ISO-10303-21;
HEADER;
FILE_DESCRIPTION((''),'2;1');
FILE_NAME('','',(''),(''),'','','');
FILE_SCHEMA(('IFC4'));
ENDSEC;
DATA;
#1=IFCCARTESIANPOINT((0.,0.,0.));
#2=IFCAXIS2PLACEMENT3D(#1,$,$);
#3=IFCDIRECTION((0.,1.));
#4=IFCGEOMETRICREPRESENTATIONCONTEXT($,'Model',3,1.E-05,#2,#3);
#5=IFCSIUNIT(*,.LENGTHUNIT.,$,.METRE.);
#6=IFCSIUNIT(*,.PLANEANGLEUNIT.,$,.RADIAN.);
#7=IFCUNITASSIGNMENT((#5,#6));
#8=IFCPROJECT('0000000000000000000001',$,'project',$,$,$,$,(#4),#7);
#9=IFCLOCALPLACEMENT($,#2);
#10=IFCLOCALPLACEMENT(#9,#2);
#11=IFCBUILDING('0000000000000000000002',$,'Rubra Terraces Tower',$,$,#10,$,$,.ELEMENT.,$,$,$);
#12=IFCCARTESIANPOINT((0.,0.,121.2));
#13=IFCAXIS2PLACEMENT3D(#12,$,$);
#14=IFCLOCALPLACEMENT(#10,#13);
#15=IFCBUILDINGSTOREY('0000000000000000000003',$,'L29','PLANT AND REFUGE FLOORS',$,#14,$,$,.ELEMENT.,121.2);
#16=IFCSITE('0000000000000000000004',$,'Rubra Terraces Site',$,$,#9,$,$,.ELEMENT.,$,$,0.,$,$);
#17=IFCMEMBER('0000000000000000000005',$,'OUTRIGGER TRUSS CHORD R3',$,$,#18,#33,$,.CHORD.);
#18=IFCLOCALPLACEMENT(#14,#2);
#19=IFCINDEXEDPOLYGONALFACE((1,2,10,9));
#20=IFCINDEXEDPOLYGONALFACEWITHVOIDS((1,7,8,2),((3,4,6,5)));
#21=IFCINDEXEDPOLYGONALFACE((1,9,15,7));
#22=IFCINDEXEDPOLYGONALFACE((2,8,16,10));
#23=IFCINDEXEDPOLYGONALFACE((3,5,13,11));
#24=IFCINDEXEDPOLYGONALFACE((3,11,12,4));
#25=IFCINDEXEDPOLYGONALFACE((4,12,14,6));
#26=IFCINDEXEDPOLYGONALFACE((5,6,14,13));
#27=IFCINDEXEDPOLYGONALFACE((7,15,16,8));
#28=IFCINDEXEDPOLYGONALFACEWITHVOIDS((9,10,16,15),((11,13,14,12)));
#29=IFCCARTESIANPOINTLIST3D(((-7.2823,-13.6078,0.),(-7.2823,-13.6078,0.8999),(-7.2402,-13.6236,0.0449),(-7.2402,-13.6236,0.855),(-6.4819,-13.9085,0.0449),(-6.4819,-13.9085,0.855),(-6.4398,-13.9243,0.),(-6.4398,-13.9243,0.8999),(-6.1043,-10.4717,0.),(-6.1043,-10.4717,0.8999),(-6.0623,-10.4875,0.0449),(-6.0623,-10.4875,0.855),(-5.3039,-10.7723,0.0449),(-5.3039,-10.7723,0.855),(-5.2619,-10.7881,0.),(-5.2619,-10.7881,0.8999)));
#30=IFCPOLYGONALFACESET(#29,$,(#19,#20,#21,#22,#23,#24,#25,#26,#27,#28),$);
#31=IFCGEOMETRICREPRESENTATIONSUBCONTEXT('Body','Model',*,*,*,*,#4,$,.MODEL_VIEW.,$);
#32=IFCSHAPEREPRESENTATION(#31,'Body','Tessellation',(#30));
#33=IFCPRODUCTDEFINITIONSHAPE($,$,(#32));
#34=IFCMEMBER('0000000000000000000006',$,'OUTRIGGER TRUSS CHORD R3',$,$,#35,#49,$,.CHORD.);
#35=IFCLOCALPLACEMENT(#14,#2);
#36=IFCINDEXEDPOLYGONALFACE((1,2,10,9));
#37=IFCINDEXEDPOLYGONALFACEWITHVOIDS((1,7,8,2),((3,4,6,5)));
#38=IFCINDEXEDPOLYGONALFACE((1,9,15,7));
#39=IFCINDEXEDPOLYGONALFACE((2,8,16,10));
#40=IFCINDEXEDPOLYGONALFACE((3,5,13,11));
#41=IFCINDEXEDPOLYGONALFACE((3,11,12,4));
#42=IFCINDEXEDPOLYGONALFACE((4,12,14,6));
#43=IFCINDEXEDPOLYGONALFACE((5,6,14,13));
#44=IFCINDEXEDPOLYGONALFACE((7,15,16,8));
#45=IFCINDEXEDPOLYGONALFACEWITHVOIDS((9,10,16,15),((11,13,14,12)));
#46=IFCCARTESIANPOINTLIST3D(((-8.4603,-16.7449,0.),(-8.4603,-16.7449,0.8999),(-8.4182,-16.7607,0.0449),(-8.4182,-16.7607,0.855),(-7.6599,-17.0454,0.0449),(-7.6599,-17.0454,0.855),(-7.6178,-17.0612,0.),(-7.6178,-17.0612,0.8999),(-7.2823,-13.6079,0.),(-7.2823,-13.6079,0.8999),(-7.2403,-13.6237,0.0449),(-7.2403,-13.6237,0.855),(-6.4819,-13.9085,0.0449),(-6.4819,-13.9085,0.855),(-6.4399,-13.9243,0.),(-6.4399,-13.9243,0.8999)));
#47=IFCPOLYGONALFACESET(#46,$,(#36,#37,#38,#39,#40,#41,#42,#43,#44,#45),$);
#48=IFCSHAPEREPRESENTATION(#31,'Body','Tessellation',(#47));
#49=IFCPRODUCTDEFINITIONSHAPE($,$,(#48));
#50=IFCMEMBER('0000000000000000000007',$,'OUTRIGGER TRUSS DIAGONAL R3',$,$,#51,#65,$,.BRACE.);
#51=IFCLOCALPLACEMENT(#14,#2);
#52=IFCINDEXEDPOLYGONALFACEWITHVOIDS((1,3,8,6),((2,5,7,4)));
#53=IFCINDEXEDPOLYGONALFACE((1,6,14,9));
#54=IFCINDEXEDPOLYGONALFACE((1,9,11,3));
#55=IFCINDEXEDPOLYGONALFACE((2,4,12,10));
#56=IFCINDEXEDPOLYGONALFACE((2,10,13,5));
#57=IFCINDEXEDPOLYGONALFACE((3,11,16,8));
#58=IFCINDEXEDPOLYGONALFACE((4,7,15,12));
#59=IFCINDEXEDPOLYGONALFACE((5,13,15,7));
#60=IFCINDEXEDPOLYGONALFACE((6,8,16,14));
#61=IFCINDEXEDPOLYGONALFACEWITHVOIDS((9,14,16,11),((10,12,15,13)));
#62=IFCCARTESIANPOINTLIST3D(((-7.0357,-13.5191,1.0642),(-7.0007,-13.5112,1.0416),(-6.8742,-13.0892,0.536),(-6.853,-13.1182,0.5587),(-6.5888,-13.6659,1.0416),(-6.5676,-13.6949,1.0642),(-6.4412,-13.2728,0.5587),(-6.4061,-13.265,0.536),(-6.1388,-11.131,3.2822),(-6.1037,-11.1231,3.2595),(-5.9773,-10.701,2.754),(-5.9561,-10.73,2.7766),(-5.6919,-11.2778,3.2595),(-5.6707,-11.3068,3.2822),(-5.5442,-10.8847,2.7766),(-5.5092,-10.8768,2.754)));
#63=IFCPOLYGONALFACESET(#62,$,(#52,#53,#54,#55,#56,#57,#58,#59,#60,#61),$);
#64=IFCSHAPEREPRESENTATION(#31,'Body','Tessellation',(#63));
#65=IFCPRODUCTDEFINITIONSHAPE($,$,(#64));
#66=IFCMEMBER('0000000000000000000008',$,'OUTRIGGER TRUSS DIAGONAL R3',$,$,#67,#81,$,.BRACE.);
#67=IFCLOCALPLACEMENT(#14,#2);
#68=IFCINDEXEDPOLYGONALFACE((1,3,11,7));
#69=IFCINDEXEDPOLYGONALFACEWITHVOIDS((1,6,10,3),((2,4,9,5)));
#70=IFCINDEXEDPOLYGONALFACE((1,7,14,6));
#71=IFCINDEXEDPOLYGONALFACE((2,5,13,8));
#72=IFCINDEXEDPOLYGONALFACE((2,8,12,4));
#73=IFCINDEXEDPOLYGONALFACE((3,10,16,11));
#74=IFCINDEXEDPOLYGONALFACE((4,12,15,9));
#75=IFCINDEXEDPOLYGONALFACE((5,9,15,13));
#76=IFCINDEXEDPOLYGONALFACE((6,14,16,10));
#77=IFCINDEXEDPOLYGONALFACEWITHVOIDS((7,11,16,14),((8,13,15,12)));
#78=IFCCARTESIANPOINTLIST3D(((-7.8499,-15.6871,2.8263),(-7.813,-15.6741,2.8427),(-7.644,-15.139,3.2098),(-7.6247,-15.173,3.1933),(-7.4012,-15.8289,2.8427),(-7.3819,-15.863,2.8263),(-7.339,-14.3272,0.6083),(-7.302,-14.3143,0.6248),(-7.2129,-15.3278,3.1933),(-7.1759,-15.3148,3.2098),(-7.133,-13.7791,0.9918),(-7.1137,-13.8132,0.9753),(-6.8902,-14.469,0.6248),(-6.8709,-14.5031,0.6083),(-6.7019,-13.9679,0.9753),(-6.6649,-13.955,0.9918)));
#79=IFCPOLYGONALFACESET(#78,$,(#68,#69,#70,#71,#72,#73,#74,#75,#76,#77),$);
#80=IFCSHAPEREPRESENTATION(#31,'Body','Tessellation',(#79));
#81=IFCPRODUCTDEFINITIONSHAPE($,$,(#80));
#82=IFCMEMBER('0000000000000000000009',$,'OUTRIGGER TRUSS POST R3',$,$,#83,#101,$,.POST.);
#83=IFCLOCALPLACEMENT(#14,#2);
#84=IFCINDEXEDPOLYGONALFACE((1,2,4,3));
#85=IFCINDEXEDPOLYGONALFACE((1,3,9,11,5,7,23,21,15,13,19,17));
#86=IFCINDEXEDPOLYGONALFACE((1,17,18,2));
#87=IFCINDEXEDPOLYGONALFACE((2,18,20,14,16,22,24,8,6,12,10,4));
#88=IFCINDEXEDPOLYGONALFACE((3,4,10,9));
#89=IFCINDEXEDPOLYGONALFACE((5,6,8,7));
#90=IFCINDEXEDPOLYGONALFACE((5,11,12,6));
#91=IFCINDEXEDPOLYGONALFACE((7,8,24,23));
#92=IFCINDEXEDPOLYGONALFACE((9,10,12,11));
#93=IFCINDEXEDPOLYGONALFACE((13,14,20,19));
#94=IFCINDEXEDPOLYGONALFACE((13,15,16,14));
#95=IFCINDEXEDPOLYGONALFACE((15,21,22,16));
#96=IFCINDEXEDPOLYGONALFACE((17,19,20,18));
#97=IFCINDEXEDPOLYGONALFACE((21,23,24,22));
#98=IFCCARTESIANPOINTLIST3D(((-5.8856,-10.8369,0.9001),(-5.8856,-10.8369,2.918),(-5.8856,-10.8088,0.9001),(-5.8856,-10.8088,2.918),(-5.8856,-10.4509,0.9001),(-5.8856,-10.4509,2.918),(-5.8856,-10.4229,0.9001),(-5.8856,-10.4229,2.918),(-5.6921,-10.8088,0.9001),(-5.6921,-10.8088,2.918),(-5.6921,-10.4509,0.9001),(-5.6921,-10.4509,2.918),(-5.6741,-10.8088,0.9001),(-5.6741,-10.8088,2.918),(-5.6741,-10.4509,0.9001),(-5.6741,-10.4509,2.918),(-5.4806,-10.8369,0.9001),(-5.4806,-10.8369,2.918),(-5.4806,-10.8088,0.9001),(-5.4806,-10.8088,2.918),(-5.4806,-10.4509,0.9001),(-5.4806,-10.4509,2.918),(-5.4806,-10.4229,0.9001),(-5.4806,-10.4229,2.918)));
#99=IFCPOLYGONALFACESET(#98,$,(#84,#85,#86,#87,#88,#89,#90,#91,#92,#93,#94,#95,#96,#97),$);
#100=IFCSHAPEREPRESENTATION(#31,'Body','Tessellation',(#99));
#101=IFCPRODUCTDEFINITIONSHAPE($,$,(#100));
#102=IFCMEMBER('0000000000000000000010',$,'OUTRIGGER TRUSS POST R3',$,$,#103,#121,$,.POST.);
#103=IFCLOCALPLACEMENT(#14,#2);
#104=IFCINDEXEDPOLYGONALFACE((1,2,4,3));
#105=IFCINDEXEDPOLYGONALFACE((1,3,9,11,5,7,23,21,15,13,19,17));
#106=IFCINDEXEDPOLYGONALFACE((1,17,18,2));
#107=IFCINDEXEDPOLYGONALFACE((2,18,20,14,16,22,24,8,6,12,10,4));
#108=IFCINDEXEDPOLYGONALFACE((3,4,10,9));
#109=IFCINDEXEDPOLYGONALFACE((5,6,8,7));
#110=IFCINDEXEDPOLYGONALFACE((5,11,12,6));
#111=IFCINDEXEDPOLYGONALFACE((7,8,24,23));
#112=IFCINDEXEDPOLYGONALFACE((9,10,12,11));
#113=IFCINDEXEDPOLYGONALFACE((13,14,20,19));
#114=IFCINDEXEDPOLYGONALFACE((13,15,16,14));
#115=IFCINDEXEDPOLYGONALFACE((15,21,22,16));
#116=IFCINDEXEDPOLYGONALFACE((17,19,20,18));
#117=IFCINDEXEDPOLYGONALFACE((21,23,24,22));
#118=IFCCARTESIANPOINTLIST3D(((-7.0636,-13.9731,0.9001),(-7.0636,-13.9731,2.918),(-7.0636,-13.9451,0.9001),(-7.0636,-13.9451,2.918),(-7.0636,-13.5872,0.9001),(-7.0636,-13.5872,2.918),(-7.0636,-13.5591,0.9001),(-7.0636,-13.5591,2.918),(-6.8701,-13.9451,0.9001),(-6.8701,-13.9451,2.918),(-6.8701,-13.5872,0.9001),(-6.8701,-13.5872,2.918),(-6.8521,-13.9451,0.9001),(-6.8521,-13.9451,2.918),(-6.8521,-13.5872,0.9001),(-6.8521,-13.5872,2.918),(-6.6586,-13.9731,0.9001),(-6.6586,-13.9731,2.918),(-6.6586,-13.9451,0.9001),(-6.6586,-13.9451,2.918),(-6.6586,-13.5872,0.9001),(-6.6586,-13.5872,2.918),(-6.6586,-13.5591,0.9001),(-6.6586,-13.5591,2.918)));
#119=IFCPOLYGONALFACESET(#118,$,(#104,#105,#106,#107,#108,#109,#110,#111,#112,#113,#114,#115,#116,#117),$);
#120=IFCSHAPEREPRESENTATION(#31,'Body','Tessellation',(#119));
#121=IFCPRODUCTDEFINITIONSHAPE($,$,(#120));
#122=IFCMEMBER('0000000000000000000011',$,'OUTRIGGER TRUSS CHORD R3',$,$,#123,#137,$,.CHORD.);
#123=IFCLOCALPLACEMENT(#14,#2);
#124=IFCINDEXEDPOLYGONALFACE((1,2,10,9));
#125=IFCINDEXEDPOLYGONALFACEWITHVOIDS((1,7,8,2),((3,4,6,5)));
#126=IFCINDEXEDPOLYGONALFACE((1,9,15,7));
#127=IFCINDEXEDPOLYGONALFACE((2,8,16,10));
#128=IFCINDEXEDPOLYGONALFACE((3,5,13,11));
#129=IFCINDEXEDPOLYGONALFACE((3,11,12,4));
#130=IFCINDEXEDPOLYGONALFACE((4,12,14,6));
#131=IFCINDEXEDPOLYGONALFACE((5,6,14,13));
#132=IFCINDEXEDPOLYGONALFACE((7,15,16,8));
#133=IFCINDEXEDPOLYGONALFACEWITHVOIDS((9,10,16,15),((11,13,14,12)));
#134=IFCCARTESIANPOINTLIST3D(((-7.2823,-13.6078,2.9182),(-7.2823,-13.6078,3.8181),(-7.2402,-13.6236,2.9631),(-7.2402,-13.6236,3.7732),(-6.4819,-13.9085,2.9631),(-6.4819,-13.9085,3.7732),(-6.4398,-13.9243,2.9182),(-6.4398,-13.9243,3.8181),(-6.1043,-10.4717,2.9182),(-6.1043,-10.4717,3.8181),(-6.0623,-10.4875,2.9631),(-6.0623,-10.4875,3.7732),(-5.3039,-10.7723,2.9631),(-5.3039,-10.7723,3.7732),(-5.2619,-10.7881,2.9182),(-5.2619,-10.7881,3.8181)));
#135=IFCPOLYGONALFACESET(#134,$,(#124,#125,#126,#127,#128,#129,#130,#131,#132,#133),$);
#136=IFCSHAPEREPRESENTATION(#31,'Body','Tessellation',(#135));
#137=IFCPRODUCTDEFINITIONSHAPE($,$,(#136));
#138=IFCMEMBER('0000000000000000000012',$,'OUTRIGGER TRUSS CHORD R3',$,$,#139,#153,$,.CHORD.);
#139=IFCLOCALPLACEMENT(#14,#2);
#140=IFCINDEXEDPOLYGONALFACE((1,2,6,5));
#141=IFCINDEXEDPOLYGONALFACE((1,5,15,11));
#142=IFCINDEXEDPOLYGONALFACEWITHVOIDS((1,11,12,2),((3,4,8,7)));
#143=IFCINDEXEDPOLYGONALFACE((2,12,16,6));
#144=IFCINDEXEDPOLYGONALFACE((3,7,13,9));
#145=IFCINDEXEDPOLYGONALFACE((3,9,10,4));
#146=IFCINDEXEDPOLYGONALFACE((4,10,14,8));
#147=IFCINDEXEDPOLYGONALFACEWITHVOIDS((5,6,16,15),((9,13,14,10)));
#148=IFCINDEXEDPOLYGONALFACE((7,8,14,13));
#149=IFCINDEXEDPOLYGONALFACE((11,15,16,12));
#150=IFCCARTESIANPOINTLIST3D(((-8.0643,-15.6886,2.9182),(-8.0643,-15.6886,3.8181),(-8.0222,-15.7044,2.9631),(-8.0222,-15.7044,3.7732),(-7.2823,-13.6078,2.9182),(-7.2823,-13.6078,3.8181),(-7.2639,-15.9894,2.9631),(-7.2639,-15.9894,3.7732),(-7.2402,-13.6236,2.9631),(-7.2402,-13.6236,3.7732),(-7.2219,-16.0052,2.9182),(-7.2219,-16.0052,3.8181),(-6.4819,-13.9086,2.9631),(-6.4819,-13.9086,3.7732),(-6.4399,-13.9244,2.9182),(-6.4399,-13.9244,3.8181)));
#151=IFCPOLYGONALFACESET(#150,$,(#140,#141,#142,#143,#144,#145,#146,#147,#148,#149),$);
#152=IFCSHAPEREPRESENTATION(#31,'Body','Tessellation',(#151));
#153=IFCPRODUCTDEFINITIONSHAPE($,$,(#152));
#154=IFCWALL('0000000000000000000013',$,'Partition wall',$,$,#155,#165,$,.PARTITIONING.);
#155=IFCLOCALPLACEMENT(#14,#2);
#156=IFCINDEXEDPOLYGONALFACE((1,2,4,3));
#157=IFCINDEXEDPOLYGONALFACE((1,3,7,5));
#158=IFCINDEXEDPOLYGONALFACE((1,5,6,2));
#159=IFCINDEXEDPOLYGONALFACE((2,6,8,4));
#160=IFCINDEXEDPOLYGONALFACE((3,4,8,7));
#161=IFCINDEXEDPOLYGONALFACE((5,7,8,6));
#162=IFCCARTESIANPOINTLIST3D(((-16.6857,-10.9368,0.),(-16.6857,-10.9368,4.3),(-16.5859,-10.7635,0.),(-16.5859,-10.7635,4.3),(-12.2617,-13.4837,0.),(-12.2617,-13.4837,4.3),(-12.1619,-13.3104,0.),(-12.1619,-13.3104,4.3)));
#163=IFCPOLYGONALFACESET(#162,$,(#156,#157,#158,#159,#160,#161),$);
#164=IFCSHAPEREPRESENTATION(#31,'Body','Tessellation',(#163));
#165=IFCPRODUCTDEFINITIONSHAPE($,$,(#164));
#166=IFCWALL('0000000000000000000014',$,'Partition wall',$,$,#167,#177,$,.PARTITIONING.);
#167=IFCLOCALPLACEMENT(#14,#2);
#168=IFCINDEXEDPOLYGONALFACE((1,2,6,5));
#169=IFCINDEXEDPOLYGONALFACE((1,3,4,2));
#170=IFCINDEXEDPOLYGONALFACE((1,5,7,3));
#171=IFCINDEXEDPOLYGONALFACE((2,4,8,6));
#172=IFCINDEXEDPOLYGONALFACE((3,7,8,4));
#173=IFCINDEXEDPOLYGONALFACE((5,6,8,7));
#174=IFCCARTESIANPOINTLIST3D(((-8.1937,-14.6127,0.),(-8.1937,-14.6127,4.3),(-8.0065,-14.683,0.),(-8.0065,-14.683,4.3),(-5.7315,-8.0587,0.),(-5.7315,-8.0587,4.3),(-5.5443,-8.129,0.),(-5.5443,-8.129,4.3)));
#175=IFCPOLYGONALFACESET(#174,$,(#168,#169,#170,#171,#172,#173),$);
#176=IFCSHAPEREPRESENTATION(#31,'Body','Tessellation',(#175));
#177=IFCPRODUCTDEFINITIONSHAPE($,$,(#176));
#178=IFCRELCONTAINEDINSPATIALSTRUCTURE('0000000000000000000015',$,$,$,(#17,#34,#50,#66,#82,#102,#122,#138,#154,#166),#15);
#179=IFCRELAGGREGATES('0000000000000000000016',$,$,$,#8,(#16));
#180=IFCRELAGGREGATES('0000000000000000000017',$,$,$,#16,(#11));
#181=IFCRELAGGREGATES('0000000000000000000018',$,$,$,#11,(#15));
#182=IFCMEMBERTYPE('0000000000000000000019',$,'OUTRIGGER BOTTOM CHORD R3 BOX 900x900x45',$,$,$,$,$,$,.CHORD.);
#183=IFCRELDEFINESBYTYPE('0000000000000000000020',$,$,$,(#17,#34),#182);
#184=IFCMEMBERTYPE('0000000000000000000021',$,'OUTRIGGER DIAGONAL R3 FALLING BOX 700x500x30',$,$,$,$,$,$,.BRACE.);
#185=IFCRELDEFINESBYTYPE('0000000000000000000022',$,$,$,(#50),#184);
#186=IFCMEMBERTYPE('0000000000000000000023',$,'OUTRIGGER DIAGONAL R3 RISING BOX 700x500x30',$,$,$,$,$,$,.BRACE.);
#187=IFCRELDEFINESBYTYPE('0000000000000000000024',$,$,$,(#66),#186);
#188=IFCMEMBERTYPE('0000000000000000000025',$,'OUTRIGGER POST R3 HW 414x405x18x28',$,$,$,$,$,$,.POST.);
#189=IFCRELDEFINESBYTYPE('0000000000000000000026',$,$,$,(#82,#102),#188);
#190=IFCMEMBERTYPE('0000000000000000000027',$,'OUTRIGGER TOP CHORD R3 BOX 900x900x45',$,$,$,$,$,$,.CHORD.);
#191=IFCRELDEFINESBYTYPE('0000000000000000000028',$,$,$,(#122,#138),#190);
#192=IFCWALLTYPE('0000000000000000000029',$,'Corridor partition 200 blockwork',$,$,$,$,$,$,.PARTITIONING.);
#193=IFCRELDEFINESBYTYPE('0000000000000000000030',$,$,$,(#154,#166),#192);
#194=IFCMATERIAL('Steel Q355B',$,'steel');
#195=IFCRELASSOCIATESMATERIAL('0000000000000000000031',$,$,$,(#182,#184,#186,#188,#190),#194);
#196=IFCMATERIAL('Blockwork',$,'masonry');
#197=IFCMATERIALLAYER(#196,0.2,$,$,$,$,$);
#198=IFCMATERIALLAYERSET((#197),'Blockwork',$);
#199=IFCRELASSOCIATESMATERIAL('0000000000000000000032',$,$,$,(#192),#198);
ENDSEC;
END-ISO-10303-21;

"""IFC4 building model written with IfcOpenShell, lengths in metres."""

from ifc_helpers import new_model, si_unit, direction, frame, frame_2d, origin, origin_2d, place, context, subcontext, project, spatial, rectangle, hollow_rectangle, i_section, extrude, material, layer, layer_set, material_profile, profile_set, type_object, element, save


model = new_model("IFC4")

# Units and contexts
model_context = context("Model", 3, precision=1e-05, world=origin(), true_north=direction((0.0, 1.0)))
body_context = subcontext(model_context, "Body", "Model", "MODEL_VIEW")
ifc_project = project(units=[si_unit("LENGTHUNIT", "METRE"), si_unit("PLANEANGLEUNIT", "RADIAN")], contexts=[model_context])

# Site, building, storey
site_placement = place(None, origin())
site = spatial("IfcSite", under=ifc_project, at=site_placement, Name="Rubra Terraces Site", CompositionType="ELEMENT", RefElevation=0.0)
building_placement = place(site_placement, origin())
building = spatial("IfcBuilding", under=site, at=building_placement, Name="Rubra Terraces Tower", CompositionType="ELEMENT")
storey_placement = place(building_placement, frame((0.0, 0.0, 121.2)))
storey = spatial("IfcBuildingStorey", under=building, at=storey_placement, Name="L29", Description="PLANT AND REFUGE FLOORS", CompositionType="ELEMENT", Elevation=121.2)

# Members
ifc_material_1 = material(Name="Steel Q355B", Category="steel")
ifc_material_profile_1 = material_profile(ifc_material_1, hollow_rectangle(XDim=0.8999, YDim=0.8999, WallThickness=0.0449, at=origin_2d()), Name="BOX 900x900x45")
ifc_profile_set_1 = profile_set([ifc_material_profile_1], Name="Steel Q355B")
member_type_1 = type_object("IfcMemberType", Name="OUTRIGGER BOTTOM CHORD R3 BOX 900x900x45", PredefinedType="CHORD", material=ifc_profile_set_1)
member_1_placement = place(storey_placement, frame((-5.6831, -10.6299, 0.45), z_axis=(-0.351619, -0.936143, 0.0), x_axis=(0.936143, -0.351619, 0.0)))
element("IfcMember", 1, at=member_1_placement, inside=storey, type_object=member_type_1, Name="OUTRIGGER TRUSS CHORD R3", PredefinedType="CHORD", context=body_context, shape_type="SweptSolid", body=[
    extrude(hollow_rectangle(XDim=0.8999, YDim=0.8999, WallThickness=0.0449, at=origin_2d()), origin(), (0.0, 0.0, 1.0), 3.3501),
])
member_2_placement = place(storey_placement, frame((-6.8611, -13.7661, 0.45), z_axis=(-0.351547, -0.93617, 0.0), x_axis=(0.93617, -0.351547, 0.0)))
element("IfcMember", 2, at=member_2_placement, inside=storey, type_object=member_type_1, Name="OUTRIGGER TRUSS CHORD R3", PredefinedType="CHORD", context=body_context, shape_type="SweptSolid", body=[
    extrude(hollow_rectangle(XDim=0.8999, YDim=0.8999, WallThickness=0.0449, at=origin_2d()), origin(), (0.0, 0.0, 1.0), 3.3508),
])
ifc_material_profile_2 = material_profile(ifc_material_1, hollow_rectangle(XDim=0.5, YDim=0.7, WallThickness=0.03, at=origin_2d()), Name="BOX 700x500x30")
ifc_profile_set_2 = profile_set([ifc_material_profile_2], Name="Steel Q355B")
member_type_2 = type_object("IfcMemberType", Name="OUTRIGGER DIAGONAL R3 FALLING BOX 700x500x30", PredefinedType="BRACE", material=ifc_profile_set_2)
member_3_placement = place(storey_placement, frame((-5.824, -11.0039, 3.0181), z_axis=(-0.26534, -0.706465, -0.656127), x_axis=(0.936148, -0.351606, 0.0)))
element("IfcMember", 3, at=member_3_placement, inside=storey, type_object=member_type_2, Name="OUTRIGGER TRUSS DIAGONAL R3", PredefinedType="BRACE", context=body_context, shape_type="SweptSolid", body=[
    extrude(hollow_rectangle(XDim=0.5, YDim=0.7, WallThickness=0.03, at=origin_2d()), origin(), (0.0, 0.0, 1.0), 3.3804),
])
ifc_material_profile_3 = material_profile(ifc_material_1, hollow_rectangle(XDim=0.5, YDim=0.7, WallThickness=0.03, at=origin_2d()), Name="BOX 700x500x30")
ifc_profile_set_3 = profile_set([ifc_material_profile_3], Name="Steel Q355B")
member_type_3 = type_object("IfcMemberType", Name="OUTRIGGER DIAGONAL R3 RISING BOX 700x500x30", PredefinedType="BRACE", material=ifc_profile_set_3)
member_4_placement = place(storey_placement, frame((-7.002, -14.1411, 0.8), z_axis=(-0.192723, -0.512884, 0.836545), x_axis=(0.936094, -0.35175, 0.0)))
element("IfcMember", 4, at=member_4_placement, inside=storey, type_object=member_type_3, Name="OUTRIGGER TRUSS DIAGONAL R3", PredefinedType="BRACE", context=body_context, shape_type="SweptSolid", body=[
    extrude(hollow_rectangle(XDim=0.5, YDim=0.7, WallThickness=0.03, at=origin_2d()), origin(), (0.0, 0.0, 1.0), 2.6514),
])
ifc_material_profile_4 = material_profile(ifc_material_1, i_section(OverallWidth=0.405, OverallDepth=0.4141, WebThickness=0.0181, FlangeThickness=0.0281, at=origin_2d()), Name="HW 414x405x18x28")
ifc_profile_set_4 = profile_set([ifc_material_profile_4], Name="Steel Q355B")
member_type_4 = type_object("IfcMemberType", Name="OUTRIGGER POST R3 HW 414x405x18x28", PredefinedType="POST", material=ifc_profile_set_4)
for number, where, z_axis, x_axis, name in (
    (5, (-5.6831, -10.6299, 0.9001), (0.0, 0.0, 1.0), (1.0, 0.0, 0.0), "OUTRIGGER TRUSS POST R3"),
    (6, (-6.8611, -13.7661, 0.9001), (0.0, 0.0, 1.0), (1.0, 0.0, 0.0), "OUTRIGGER TRUSS POST R3"),
):
    element("IfcMember", number, at=place(storey_placement, frame(where, z_axis=z_axis, x_axis=x_axis)), inside=storey, type_object=member_type_4, Name=name, PredefinedType="POST", context=body_context, shape_type="SweptSolid", body=[
        extrude(i_section(OverallWidth=0.405, OverallDepth=0.4141, WebThickness=0.0181, FlangeThickness=0.0281, at=origin_2d()), origin(), (0.0, 0.0, 1.0), 2.0178),
    ])
ifc_material_profile_5 = material_profile(ifc_material_1, hollow_rectangle(XDim=0.8999, YDim=0.8999, WallThickness=0.0449, at=origin_2d()), Name="BOX 900x900x45")
ifc_profile_set_5 = profile_set([ifc_material_profile_5], Name="Steel Q355B")
member_type_5 = type_object("IfcMemberType", Name="OUTRIGGER TOP CHORD R3 BOX 900x900x45", PredefinedType="CHORD", material=ifc_profile_set_5)
member_5_placement = place(storey_placement, frame((-5.6831, -10.6299, 3.3682), z_axis=(-0.351619, -0.936143, 0.0), x_axis=(0.936143, -0.351619, 0.0)))
element("IfcMember", 7, at=member_5_placement, inside=storey, type_object=member_type_5, Name="OUTRIGGER TRUSS CHORD R3", PredefinedType="CHORD", context=body_context, shape_type="SweptSolid", body=[
    extrude(hollow_rectangle(XDim=0.8999, YDim=0.8999, WallThickness=0.0449, at=origin_2d()), origin(), (0.0, 0.0, 1.0), 3.3501),
])
member_6_placement = place(storey_placement, frame((-6.8611, -13.7661, 3.3682), z_axis=(-0.351785, -0.936081, 0.0), x_axis=(0.936081, -0.351785, 0.0)))
element("IfcMember", 8, at=member_6_placement, inside=storey, type_object=member_type_5, Name="OUTRIGGER TRUSS CHORD R3", PredefinedType="CHORD", context=body_context, shape_type="SweptSolid", body=[
    extrude(hollow_rectangle(XDim=0.8999, YDim=0.8999, WallThickness=0.0449, at=origin_2d()), origin(), (0.0, 0.0, 1.0), 2.2229),
])

# Walls
ifc_material_2 = material(Name="Blockwork", Category="masonry")
ifc_layer = layer(ifc_material_2, 0.2)
ifc_layer_set = layer_set([ifc_layer], Name="Blockwork")
wall_type = type_object("IfcWallType", Name="Corridor partition 200 blockwork", PredefinedType="PARTITIONING", material=ifc_layer_set)
wall_1_placement = place(storey_placement, frame((-12.2119, -13.397, 0.0), z_axis=(0.0, 0.0, 1.0), x_axis=(-0.866649, 0.498918, 0.0)))
element("IfcWall", 9, at=wall_1_placement, inside=storey, type_object=wall_type, Name="Partition wall", PredefinedType="PARTITIONING", context=body_context, shape_type="SweptSolid", body=[
    extrude(rectangle(XDim=5.1047, YDim=0.2, at=frame_2d((2.5522, 0.0))), origin(), (0.0, 0.0, 1.0), 4.3),
])
wall_2_placement = place(storey_placement, frame((-5.6379, -8.094, 0.0), z_axis=(0.0, 0.0, 1.0), x_axis=(-0.351678, -0.936121, 0.0)))
element("IfcWall", 10, at=wall_2_placement, inside=storey, type_object=wall_type, Name="Partition wall", PredefinedType="PARTITIONING", context=body_context, shape_type="SweptSolid", body=[
    extrude(rectangle(XDim=7.0012, YDim=0.2, at=frame_2d((3.5005, 0.0))), origin(), (0.0, 0.0, 1.0), 4.3),
])

save(model, "model.ifc")
